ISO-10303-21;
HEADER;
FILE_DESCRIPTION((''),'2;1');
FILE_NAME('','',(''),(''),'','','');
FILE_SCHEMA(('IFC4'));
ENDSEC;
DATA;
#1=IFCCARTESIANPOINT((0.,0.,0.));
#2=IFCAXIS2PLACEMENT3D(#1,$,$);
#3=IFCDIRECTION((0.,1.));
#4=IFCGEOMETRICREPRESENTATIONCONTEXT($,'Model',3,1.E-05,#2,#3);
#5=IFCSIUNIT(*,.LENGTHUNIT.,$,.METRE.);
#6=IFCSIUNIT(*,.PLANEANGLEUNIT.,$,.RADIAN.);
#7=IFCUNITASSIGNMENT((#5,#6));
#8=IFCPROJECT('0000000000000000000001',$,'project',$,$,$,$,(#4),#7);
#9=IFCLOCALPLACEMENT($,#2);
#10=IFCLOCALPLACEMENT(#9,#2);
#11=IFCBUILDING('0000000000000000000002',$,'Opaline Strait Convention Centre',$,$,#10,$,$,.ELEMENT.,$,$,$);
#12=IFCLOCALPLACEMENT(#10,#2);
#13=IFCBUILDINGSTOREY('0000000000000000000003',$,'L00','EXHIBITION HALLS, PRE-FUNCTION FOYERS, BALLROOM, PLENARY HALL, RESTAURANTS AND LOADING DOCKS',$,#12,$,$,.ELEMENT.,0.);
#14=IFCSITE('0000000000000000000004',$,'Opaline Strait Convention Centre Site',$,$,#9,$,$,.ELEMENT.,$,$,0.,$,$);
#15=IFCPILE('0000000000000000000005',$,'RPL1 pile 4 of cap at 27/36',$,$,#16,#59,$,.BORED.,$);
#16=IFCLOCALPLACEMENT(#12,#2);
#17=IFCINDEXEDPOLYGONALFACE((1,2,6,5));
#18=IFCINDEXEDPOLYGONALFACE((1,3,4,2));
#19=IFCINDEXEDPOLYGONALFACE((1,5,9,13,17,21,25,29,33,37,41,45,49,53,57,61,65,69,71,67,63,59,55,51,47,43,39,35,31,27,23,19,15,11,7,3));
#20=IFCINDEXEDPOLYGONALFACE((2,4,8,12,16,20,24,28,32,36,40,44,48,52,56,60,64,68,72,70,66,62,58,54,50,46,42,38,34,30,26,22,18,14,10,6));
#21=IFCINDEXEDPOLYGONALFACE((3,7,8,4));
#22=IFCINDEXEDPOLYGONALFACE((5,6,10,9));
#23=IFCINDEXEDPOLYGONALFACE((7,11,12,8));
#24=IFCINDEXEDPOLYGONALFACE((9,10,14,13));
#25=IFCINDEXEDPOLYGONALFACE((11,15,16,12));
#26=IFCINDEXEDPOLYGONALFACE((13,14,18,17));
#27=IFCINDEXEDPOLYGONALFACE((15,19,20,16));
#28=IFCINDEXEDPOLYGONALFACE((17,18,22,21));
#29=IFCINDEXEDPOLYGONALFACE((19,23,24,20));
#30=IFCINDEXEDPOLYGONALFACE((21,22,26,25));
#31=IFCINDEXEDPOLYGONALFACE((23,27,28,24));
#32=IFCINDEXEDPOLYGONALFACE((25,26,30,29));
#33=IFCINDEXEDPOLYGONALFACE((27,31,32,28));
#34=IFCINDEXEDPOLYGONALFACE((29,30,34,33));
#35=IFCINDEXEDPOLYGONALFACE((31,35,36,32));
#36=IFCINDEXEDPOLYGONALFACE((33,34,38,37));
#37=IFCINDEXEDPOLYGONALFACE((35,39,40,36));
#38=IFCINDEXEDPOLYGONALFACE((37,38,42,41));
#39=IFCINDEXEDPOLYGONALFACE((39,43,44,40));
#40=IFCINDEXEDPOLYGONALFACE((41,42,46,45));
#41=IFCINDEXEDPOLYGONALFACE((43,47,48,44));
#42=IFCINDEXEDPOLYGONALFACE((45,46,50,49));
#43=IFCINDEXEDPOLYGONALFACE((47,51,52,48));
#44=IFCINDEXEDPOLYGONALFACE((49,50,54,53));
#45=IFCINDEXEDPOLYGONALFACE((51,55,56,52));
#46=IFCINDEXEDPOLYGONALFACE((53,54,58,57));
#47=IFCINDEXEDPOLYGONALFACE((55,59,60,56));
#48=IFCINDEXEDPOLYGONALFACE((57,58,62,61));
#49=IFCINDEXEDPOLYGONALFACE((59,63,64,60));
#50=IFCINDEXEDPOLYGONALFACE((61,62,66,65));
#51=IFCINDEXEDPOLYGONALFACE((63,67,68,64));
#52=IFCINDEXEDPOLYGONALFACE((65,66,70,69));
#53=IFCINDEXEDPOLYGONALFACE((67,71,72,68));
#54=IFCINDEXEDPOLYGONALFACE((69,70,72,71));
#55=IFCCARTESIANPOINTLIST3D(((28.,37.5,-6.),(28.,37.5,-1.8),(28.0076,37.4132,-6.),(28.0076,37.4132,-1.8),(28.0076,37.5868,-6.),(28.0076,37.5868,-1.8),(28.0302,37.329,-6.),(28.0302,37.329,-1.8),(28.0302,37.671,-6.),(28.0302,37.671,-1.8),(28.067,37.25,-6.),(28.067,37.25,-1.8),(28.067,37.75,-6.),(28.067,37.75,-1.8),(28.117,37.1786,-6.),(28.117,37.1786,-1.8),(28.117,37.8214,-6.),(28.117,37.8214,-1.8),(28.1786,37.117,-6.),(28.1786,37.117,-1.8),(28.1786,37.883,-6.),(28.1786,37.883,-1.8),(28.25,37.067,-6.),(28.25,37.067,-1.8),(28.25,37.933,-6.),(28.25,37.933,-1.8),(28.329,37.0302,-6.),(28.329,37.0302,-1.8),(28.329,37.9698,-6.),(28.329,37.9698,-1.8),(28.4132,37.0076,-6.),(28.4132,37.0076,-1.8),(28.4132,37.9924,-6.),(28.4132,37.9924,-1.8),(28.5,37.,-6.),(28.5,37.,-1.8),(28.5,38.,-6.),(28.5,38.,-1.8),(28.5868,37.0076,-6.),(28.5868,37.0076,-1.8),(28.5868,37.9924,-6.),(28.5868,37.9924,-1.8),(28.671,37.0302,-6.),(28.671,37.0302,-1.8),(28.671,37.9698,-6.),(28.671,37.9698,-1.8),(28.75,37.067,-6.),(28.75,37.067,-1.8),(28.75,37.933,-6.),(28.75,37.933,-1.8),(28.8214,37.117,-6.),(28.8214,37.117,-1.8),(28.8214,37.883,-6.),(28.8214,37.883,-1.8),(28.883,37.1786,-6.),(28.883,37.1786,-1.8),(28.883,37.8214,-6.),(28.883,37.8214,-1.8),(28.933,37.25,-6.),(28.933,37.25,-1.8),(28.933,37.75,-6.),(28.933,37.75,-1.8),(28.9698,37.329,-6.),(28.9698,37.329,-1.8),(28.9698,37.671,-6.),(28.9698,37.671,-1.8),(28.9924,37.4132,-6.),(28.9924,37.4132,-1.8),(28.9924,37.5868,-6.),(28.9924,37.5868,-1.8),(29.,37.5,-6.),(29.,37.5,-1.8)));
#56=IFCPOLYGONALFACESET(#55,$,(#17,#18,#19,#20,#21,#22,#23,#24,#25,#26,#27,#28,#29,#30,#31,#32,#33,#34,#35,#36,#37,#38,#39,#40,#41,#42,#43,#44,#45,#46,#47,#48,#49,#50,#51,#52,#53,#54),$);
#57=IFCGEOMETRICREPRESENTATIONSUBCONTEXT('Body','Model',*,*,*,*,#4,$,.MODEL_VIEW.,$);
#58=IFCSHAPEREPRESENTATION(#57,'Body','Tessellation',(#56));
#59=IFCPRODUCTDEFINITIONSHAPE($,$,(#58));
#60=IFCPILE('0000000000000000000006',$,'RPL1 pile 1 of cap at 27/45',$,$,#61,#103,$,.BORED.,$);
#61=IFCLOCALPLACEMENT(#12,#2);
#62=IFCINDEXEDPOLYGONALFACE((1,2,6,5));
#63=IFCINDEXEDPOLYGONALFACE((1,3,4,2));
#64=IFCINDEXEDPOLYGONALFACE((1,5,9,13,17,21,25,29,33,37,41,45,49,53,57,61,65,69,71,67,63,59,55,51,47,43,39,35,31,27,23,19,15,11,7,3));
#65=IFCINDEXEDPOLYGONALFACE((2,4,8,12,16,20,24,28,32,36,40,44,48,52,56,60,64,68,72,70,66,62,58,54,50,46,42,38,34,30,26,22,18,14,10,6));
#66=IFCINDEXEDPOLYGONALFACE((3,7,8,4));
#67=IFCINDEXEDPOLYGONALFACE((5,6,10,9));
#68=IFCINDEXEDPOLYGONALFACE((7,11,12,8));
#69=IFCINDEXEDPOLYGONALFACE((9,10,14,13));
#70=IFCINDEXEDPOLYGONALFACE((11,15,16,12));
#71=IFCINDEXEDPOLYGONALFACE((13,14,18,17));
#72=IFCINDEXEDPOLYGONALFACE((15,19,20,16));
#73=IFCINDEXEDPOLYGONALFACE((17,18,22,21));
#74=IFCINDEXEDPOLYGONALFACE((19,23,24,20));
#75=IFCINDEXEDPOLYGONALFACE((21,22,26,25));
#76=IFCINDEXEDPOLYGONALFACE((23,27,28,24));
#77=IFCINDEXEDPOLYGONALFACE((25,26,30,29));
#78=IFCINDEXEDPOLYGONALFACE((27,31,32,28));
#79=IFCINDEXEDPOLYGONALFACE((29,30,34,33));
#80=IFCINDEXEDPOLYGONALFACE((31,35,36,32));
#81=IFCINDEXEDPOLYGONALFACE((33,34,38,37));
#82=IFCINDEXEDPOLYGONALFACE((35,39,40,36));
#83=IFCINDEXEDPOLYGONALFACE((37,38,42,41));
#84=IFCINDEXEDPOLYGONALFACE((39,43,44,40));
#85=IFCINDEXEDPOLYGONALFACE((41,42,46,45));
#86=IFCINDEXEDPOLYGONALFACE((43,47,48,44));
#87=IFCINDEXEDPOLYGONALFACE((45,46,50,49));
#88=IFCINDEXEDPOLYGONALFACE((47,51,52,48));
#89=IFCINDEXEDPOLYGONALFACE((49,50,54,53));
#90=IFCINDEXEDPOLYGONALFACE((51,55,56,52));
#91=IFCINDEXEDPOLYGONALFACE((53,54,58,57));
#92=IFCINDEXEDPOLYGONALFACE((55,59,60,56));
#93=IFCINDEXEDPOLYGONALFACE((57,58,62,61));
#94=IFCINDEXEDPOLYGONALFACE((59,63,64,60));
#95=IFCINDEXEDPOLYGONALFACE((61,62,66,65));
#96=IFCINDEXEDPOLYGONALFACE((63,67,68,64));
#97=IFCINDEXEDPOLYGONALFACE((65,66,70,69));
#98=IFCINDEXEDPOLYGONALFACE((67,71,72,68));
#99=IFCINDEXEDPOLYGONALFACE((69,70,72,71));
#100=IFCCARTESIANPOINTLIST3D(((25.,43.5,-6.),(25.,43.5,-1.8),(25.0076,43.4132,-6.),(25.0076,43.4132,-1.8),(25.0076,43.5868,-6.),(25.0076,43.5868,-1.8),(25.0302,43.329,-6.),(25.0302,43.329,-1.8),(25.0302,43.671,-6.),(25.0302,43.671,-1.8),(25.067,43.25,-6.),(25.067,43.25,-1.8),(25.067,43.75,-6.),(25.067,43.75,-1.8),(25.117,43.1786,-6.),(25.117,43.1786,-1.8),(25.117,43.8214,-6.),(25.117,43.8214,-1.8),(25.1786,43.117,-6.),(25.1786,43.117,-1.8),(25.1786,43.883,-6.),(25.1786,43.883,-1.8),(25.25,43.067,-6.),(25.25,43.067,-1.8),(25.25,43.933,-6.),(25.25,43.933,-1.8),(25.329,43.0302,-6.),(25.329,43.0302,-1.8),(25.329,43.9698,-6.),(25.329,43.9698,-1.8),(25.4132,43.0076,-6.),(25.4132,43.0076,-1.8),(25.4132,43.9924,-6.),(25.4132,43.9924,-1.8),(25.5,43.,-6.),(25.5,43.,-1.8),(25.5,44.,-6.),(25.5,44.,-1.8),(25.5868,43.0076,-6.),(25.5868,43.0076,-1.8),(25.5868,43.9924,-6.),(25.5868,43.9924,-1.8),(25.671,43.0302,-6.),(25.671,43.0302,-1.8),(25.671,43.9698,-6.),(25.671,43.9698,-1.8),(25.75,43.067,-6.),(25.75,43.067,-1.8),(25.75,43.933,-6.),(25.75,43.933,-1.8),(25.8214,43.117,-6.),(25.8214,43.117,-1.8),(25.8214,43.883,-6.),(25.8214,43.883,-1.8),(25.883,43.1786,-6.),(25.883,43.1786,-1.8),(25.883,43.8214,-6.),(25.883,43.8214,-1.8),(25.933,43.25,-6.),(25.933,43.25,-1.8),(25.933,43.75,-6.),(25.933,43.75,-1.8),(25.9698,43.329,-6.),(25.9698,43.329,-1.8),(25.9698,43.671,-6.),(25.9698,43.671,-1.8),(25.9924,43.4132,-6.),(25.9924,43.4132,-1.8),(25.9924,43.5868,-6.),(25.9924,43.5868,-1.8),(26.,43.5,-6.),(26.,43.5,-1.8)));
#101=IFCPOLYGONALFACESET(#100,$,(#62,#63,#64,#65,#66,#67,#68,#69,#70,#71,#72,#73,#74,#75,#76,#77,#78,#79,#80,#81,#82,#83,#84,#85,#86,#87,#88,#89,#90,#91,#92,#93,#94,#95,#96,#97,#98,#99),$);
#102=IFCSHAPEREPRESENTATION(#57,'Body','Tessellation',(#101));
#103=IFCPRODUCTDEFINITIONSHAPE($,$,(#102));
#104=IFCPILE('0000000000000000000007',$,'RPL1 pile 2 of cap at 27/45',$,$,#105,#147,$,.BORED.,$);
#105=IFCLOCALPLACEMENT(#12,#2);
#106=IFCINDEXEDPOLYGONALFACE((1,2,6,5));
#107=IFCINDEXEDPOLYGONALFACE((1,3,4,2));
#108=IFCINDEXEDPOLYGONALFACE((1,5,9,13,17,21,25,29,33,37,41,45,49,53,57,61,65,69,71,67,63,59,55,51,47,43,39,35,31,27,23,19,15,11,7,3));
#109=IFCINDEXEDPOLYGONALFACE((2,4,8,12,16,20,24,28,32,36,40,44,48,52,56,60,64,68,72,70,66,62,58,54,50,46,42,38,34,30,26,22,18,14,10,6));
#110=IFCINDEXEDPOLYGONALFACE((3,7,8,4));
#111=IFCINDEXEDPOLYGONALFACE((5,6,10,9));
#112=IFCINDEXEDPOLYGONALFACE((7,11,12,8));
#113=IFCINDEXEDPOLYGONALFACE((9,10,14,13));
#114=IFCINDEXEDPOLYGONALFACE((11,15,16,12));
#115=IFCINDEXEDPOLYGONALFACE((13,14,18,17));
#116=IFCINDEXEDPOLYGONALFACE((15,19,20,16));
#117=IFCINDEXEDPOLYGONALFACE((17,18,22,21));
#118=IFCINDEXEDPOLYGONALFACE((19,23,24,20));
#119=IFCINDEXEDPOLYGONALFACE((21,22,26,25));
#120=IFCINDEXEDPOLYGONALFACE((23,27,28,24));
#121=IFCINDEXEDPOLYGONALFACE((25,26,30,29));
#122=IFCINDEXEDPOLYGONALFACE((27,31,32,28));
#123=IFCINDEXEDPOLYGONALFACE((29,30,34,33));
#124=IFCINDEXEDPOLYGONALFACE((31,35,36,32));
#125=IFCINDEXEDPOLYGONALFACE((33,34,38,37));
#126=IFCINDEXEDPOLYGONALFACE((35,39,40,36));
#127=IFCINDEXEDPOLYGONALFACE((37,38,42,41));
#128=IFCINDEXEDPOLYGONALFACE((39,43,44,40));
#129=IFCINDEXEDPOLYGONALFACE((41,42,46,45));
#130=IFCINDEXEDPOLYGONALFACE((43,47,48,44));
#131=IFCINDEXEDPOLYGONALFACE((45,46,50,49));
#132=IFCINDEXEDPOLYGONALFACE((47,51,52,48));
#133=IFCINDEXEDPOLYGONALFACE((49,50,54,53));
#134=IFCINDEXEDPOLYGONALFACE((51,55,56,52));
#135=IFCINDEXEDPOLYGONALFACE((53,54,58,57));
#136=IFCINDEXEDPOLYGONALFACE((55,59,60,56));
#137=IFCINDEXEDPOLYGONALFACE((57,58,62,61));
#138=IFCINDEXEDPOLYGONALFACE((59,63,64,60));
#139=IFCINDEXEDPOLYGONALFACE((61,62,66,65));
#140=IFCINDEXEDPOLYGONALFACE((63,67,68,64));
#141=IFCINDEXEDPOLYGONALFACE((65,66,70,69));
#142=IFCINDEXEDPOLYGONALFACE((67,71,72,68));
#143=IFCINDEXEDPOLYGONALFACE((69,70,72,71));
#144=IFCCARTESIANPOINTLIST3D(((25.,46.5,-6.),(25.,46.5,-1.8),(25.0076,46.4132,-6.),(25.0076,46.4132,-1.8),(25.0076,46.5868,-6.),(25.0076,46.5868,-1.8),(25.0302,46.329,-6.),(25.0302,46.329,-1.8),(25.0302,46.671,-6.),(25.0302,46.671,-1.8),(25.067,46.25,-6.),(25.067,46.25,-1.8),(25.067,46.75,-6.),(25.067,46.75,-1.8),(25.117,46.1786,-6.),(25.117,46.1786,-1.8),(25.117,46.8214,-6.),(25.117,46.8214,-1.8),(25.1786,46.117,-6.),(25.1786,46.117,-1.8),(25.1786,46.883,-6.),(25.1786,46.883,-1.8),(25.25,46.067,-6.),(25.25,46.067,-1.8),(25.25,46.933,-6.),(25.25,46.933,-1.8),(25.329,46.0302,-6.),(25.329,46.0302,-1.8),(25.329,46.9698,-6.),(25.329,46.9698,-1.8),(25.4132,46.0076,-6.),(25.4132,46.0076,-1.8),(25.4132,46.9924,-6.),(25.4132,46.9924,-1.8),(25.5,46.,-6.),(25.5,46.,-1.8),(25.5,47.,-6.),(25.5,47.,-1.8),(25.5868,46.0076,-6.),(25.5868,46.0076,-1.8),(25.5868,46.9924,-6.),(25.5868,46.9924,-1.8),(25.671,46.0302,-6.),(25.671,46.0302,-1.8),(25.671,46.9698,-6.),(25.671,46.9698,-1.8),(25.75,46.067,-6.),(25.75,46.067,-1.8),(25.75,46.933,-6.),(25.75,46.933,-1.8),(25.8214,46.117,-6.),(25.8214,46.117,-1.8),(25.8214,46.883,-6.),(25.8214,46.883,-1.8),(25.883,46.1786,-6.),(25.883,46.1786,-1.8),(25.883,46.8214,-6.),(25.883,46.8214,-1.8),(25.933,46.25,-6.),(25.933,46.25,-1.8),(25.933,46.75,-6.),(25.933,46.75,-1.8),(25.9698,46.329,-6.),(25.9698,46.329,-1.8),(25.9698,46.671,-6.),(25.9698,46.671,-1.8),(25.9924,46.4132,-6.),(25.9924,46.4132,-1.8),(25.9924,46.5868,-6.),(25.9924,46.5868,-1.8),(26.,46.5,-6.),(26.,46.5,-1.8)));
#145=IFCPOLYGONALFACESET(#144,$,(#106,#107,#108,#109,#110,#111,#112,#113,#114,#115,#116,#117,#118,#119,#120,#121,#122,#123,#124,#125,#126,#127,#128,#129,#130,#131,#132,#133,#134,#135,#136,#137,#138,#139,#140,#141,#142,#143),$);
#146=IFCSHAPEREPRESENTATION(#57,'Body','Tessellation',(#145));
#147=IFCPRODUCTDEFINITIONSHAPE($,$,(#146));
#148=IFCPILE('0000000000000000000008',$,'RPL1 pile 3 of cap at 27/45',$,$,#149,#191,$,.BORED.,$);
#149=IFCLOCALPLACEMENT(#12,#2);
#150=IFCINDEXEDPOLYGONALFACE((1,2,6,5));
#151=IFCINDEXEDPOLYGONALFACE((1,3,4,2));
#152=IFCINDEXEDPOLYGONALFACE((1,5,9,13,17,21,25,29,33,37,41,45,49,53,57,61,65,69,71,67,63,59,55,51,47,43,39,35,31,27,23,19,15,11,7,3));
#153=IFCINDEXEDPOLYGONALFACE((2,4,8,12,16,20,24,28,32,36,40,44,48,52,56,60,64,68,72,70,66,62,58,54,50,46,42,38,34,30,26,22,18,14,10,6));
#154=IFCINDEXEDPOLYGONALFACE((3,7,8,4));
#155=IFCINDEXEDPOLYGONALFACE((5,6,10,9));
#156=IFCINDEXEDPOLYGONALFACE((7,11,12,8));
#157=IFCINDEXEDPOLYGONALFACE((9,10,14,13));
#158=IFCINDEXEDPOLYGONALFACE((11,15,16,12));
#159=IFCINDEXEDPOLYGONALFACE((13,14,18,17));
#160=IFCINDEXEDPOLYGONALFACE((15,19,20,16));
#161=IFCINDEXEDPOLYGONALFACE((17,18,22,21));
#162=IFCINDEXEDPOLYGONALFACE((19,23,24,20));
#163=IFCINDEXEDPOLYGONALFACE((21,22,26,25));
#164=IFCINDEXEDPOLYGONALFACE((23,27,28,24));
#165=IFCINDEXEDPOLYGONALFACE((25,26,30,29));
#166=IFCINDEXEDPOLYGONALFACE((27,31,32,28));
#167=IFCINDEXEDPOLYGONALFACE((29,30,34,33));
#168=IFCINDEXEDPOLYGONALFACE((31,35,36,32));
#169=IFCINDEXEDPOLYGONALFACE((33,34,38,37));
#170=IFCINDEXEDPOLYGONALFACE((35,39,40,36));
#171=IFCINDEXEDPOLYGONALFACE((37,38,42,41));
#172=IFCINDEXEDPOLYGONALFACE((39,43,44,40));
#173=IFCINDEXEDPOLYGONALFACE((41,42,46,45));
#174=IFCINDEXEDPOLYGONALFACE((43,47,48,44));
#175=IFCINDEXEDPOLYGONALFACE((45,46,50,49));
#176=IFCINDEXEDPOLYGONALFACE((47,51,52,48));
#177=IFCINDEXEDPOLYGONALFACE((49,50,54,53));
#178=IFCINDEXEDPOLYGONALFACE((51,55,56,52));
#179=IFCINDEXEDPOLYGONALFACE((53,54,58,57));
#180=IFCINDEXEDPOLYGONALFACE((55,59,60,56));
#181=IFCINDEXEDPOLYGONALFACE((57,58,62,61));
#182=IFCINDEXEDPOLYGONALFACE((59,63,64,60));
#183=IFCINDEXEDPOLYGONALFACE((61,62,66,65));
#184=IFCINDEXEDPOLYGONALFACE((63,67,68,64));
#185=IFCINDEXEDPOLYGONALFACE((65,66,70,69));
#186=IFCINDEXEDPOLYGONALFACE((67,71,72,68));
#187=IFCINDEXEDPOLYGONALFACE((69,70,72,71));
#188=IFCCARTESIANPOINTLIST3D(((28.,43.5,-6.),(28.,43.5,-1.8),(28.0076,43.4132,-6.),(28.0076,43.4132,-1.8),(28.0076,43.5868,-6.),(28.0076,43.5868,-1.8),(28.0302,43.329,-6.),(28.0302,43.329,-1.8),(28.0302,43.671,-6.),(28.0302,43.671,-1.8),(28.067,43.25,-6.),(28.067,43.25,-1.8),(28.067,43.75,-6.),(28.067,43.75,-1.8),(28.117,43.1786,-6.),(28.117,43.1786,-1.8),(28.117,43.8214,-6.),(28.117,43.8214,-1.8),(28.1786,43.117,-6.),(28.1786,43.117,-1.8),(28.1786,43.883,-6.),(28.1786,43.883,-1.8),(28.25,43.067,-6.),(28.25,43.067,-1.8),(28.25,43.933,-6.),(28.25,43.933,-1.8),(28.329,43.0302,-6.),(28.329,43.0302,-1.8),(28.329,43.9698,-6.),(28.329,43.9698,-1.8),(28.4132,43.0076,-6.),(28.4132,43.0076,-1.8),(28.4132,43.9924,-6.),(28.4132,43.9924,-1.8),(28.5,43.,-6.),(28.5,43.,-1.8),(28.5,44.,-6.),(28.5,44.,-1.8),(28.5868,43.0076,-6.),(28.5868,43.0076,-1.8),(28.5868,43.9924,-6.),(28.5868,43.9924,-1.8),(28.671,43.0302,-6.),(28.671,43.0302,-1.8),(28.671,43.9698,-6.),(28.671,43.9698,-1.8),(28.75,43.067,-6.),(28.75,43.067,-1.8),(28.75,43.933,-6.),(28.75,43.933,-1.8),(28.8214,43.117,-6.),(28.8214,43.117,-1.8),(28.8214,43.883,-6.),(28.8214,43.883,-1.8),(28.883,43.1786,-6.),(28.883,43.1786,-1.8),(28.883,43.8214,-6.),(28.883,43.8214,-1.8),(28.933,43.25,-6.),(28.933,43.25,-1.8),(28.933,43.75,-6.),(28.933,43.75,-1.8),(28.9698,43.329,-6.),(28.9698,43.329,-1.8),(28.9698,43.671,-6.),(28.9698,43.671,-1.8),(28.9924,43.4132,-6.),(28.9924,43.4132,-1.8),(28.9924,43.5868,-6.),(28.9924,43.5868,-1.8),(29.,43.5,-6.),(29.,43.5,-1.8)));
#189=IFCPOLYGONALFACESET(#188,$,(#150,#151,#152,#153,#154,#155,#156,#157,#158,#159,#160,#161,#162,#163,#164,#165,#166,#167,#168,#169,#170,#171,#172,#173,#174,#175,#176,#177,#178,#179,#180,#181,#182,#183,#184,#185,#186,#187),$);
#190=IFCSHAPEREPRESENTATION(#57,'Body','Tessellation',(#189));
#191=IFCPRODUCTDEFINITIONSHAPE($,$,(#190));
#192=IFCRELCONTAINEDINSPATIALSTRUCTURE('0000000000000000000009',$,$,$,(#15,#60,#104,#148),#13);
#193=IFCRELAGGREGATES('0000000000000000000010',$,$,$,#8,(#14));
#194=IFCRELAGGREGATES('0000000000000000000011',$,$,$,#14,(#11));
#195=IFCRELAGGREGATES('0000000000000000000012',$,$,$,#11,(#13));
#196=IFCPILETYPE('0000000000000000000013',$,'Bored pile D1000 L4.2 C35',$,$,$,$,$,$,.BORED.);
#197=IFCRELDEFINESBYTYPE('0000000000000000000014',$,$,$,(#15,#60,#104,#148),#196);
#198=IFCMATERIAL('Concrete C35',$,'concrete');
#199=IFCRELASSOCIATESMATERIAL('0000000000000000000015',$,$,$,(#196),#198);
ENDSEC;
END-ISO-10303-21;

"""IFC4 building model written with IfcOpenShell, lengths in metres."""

from ifc_helpers import new_model, si_unit, direction, frame, origin, origin_2d, place, context, subcontext, project, spatial, circle, extrude, material, material_profile, profile_set, type_object, element, save


model = new_model("IFC4")

# Units and contexts
model_context = context("Model", 3, precision=1e-05, world=origin(), true_north=direction((0.0, 1.0)))
body_context = subcontext(model_context, "Body", "Model", "MODEL_VIEW")
ifc_project = project(units=[si_unit("LENGTHUNIT", "METRE"), si_unit("PLANEANGLEUNIT", "RADIAN")], contexts=[model_context])

# Site, building, storey
site_placement = place(None, origin())
site = spatial("IfcSite", under=ifc_project, at=site_placement, Name="Opaline Strait Convention Centre Site", CompositionType="ELEMENT", RefElevation=0.0)
building_placement = place(site_placement, origin())
building = spatial("IfcBuilding", under=site, at=building_placement, Name="Opaline Strait Convention Centre", CompositionType="ELEMENT")
storey_placement = place(building_placement, origin())
storey = spatial("IfcBuildingStorey", under=building, at=storey_placement, Name="L00", Description="EXHIBITION HALLS, PRE-FUNCTION FOYERS, BALLROOM, PLENARY HALL, RESTAURANTS AND LOADING DOCKS", CompositionType="ELEMENT", Elevation=0.0)

# Piles
ifc_material_1 = material(Name="Concrete C35", Category="concrete")
ifc_material_profile_1 = material_profile(ifc_material_1, circle(Radius=0.5, at=origin_2d()), Name="D1000")
ifc_profile_set_1 = profile_set([ifc_material_profile_1], Name="Concrete C35")
pile_type = type_object("IfcPileType", Name="Bored pile D1000 L4.2 C35", PredefinedType="BORED", material=ifc_profile_set_1)
for number, where, z_axis, x_axis, name in (
    (1, (28.5, 37.5, -1.8), (0.0, 0.0, -1.0), (1.0, 0.0, 0.0), "RPL1 pile 4 of cap at 27/36"),
    (2, (25.5, 43.5, -1.8), (0.0, 0.0, -1.0), (1.0, 0.0, 0.0), "RPL1 pile 1 of cap at 27/45"),
    (3, (25.5, 46.5, -1.8), (0.0, 0.0, -1.0), (1.0, 0.0, 0.0), "RPL1 pile 2 of cap at 27/45"),
    (4, (28.5, 43.5, -1.8), (0.0, 0.0, -1.0), (1.0, 0.0, 0.0), "RPL1 pile 3 of cap at 27/45"),
):
    element("IfcPile", number, at=place(storey_placement, frame(where, z_axis=z_axis, x_axis=x_axis)), inside=storey, type_object=pile_type, Name=name, PredefinedType="BORED", context=body_context, shape_type="SweptSolid", body=[
        extrude(circle(Radius=0.5, at=origin_2d()), origin(), (0.0, 0.0, 1.0), 4.2),
    ])

save(model, "model.ifc")
